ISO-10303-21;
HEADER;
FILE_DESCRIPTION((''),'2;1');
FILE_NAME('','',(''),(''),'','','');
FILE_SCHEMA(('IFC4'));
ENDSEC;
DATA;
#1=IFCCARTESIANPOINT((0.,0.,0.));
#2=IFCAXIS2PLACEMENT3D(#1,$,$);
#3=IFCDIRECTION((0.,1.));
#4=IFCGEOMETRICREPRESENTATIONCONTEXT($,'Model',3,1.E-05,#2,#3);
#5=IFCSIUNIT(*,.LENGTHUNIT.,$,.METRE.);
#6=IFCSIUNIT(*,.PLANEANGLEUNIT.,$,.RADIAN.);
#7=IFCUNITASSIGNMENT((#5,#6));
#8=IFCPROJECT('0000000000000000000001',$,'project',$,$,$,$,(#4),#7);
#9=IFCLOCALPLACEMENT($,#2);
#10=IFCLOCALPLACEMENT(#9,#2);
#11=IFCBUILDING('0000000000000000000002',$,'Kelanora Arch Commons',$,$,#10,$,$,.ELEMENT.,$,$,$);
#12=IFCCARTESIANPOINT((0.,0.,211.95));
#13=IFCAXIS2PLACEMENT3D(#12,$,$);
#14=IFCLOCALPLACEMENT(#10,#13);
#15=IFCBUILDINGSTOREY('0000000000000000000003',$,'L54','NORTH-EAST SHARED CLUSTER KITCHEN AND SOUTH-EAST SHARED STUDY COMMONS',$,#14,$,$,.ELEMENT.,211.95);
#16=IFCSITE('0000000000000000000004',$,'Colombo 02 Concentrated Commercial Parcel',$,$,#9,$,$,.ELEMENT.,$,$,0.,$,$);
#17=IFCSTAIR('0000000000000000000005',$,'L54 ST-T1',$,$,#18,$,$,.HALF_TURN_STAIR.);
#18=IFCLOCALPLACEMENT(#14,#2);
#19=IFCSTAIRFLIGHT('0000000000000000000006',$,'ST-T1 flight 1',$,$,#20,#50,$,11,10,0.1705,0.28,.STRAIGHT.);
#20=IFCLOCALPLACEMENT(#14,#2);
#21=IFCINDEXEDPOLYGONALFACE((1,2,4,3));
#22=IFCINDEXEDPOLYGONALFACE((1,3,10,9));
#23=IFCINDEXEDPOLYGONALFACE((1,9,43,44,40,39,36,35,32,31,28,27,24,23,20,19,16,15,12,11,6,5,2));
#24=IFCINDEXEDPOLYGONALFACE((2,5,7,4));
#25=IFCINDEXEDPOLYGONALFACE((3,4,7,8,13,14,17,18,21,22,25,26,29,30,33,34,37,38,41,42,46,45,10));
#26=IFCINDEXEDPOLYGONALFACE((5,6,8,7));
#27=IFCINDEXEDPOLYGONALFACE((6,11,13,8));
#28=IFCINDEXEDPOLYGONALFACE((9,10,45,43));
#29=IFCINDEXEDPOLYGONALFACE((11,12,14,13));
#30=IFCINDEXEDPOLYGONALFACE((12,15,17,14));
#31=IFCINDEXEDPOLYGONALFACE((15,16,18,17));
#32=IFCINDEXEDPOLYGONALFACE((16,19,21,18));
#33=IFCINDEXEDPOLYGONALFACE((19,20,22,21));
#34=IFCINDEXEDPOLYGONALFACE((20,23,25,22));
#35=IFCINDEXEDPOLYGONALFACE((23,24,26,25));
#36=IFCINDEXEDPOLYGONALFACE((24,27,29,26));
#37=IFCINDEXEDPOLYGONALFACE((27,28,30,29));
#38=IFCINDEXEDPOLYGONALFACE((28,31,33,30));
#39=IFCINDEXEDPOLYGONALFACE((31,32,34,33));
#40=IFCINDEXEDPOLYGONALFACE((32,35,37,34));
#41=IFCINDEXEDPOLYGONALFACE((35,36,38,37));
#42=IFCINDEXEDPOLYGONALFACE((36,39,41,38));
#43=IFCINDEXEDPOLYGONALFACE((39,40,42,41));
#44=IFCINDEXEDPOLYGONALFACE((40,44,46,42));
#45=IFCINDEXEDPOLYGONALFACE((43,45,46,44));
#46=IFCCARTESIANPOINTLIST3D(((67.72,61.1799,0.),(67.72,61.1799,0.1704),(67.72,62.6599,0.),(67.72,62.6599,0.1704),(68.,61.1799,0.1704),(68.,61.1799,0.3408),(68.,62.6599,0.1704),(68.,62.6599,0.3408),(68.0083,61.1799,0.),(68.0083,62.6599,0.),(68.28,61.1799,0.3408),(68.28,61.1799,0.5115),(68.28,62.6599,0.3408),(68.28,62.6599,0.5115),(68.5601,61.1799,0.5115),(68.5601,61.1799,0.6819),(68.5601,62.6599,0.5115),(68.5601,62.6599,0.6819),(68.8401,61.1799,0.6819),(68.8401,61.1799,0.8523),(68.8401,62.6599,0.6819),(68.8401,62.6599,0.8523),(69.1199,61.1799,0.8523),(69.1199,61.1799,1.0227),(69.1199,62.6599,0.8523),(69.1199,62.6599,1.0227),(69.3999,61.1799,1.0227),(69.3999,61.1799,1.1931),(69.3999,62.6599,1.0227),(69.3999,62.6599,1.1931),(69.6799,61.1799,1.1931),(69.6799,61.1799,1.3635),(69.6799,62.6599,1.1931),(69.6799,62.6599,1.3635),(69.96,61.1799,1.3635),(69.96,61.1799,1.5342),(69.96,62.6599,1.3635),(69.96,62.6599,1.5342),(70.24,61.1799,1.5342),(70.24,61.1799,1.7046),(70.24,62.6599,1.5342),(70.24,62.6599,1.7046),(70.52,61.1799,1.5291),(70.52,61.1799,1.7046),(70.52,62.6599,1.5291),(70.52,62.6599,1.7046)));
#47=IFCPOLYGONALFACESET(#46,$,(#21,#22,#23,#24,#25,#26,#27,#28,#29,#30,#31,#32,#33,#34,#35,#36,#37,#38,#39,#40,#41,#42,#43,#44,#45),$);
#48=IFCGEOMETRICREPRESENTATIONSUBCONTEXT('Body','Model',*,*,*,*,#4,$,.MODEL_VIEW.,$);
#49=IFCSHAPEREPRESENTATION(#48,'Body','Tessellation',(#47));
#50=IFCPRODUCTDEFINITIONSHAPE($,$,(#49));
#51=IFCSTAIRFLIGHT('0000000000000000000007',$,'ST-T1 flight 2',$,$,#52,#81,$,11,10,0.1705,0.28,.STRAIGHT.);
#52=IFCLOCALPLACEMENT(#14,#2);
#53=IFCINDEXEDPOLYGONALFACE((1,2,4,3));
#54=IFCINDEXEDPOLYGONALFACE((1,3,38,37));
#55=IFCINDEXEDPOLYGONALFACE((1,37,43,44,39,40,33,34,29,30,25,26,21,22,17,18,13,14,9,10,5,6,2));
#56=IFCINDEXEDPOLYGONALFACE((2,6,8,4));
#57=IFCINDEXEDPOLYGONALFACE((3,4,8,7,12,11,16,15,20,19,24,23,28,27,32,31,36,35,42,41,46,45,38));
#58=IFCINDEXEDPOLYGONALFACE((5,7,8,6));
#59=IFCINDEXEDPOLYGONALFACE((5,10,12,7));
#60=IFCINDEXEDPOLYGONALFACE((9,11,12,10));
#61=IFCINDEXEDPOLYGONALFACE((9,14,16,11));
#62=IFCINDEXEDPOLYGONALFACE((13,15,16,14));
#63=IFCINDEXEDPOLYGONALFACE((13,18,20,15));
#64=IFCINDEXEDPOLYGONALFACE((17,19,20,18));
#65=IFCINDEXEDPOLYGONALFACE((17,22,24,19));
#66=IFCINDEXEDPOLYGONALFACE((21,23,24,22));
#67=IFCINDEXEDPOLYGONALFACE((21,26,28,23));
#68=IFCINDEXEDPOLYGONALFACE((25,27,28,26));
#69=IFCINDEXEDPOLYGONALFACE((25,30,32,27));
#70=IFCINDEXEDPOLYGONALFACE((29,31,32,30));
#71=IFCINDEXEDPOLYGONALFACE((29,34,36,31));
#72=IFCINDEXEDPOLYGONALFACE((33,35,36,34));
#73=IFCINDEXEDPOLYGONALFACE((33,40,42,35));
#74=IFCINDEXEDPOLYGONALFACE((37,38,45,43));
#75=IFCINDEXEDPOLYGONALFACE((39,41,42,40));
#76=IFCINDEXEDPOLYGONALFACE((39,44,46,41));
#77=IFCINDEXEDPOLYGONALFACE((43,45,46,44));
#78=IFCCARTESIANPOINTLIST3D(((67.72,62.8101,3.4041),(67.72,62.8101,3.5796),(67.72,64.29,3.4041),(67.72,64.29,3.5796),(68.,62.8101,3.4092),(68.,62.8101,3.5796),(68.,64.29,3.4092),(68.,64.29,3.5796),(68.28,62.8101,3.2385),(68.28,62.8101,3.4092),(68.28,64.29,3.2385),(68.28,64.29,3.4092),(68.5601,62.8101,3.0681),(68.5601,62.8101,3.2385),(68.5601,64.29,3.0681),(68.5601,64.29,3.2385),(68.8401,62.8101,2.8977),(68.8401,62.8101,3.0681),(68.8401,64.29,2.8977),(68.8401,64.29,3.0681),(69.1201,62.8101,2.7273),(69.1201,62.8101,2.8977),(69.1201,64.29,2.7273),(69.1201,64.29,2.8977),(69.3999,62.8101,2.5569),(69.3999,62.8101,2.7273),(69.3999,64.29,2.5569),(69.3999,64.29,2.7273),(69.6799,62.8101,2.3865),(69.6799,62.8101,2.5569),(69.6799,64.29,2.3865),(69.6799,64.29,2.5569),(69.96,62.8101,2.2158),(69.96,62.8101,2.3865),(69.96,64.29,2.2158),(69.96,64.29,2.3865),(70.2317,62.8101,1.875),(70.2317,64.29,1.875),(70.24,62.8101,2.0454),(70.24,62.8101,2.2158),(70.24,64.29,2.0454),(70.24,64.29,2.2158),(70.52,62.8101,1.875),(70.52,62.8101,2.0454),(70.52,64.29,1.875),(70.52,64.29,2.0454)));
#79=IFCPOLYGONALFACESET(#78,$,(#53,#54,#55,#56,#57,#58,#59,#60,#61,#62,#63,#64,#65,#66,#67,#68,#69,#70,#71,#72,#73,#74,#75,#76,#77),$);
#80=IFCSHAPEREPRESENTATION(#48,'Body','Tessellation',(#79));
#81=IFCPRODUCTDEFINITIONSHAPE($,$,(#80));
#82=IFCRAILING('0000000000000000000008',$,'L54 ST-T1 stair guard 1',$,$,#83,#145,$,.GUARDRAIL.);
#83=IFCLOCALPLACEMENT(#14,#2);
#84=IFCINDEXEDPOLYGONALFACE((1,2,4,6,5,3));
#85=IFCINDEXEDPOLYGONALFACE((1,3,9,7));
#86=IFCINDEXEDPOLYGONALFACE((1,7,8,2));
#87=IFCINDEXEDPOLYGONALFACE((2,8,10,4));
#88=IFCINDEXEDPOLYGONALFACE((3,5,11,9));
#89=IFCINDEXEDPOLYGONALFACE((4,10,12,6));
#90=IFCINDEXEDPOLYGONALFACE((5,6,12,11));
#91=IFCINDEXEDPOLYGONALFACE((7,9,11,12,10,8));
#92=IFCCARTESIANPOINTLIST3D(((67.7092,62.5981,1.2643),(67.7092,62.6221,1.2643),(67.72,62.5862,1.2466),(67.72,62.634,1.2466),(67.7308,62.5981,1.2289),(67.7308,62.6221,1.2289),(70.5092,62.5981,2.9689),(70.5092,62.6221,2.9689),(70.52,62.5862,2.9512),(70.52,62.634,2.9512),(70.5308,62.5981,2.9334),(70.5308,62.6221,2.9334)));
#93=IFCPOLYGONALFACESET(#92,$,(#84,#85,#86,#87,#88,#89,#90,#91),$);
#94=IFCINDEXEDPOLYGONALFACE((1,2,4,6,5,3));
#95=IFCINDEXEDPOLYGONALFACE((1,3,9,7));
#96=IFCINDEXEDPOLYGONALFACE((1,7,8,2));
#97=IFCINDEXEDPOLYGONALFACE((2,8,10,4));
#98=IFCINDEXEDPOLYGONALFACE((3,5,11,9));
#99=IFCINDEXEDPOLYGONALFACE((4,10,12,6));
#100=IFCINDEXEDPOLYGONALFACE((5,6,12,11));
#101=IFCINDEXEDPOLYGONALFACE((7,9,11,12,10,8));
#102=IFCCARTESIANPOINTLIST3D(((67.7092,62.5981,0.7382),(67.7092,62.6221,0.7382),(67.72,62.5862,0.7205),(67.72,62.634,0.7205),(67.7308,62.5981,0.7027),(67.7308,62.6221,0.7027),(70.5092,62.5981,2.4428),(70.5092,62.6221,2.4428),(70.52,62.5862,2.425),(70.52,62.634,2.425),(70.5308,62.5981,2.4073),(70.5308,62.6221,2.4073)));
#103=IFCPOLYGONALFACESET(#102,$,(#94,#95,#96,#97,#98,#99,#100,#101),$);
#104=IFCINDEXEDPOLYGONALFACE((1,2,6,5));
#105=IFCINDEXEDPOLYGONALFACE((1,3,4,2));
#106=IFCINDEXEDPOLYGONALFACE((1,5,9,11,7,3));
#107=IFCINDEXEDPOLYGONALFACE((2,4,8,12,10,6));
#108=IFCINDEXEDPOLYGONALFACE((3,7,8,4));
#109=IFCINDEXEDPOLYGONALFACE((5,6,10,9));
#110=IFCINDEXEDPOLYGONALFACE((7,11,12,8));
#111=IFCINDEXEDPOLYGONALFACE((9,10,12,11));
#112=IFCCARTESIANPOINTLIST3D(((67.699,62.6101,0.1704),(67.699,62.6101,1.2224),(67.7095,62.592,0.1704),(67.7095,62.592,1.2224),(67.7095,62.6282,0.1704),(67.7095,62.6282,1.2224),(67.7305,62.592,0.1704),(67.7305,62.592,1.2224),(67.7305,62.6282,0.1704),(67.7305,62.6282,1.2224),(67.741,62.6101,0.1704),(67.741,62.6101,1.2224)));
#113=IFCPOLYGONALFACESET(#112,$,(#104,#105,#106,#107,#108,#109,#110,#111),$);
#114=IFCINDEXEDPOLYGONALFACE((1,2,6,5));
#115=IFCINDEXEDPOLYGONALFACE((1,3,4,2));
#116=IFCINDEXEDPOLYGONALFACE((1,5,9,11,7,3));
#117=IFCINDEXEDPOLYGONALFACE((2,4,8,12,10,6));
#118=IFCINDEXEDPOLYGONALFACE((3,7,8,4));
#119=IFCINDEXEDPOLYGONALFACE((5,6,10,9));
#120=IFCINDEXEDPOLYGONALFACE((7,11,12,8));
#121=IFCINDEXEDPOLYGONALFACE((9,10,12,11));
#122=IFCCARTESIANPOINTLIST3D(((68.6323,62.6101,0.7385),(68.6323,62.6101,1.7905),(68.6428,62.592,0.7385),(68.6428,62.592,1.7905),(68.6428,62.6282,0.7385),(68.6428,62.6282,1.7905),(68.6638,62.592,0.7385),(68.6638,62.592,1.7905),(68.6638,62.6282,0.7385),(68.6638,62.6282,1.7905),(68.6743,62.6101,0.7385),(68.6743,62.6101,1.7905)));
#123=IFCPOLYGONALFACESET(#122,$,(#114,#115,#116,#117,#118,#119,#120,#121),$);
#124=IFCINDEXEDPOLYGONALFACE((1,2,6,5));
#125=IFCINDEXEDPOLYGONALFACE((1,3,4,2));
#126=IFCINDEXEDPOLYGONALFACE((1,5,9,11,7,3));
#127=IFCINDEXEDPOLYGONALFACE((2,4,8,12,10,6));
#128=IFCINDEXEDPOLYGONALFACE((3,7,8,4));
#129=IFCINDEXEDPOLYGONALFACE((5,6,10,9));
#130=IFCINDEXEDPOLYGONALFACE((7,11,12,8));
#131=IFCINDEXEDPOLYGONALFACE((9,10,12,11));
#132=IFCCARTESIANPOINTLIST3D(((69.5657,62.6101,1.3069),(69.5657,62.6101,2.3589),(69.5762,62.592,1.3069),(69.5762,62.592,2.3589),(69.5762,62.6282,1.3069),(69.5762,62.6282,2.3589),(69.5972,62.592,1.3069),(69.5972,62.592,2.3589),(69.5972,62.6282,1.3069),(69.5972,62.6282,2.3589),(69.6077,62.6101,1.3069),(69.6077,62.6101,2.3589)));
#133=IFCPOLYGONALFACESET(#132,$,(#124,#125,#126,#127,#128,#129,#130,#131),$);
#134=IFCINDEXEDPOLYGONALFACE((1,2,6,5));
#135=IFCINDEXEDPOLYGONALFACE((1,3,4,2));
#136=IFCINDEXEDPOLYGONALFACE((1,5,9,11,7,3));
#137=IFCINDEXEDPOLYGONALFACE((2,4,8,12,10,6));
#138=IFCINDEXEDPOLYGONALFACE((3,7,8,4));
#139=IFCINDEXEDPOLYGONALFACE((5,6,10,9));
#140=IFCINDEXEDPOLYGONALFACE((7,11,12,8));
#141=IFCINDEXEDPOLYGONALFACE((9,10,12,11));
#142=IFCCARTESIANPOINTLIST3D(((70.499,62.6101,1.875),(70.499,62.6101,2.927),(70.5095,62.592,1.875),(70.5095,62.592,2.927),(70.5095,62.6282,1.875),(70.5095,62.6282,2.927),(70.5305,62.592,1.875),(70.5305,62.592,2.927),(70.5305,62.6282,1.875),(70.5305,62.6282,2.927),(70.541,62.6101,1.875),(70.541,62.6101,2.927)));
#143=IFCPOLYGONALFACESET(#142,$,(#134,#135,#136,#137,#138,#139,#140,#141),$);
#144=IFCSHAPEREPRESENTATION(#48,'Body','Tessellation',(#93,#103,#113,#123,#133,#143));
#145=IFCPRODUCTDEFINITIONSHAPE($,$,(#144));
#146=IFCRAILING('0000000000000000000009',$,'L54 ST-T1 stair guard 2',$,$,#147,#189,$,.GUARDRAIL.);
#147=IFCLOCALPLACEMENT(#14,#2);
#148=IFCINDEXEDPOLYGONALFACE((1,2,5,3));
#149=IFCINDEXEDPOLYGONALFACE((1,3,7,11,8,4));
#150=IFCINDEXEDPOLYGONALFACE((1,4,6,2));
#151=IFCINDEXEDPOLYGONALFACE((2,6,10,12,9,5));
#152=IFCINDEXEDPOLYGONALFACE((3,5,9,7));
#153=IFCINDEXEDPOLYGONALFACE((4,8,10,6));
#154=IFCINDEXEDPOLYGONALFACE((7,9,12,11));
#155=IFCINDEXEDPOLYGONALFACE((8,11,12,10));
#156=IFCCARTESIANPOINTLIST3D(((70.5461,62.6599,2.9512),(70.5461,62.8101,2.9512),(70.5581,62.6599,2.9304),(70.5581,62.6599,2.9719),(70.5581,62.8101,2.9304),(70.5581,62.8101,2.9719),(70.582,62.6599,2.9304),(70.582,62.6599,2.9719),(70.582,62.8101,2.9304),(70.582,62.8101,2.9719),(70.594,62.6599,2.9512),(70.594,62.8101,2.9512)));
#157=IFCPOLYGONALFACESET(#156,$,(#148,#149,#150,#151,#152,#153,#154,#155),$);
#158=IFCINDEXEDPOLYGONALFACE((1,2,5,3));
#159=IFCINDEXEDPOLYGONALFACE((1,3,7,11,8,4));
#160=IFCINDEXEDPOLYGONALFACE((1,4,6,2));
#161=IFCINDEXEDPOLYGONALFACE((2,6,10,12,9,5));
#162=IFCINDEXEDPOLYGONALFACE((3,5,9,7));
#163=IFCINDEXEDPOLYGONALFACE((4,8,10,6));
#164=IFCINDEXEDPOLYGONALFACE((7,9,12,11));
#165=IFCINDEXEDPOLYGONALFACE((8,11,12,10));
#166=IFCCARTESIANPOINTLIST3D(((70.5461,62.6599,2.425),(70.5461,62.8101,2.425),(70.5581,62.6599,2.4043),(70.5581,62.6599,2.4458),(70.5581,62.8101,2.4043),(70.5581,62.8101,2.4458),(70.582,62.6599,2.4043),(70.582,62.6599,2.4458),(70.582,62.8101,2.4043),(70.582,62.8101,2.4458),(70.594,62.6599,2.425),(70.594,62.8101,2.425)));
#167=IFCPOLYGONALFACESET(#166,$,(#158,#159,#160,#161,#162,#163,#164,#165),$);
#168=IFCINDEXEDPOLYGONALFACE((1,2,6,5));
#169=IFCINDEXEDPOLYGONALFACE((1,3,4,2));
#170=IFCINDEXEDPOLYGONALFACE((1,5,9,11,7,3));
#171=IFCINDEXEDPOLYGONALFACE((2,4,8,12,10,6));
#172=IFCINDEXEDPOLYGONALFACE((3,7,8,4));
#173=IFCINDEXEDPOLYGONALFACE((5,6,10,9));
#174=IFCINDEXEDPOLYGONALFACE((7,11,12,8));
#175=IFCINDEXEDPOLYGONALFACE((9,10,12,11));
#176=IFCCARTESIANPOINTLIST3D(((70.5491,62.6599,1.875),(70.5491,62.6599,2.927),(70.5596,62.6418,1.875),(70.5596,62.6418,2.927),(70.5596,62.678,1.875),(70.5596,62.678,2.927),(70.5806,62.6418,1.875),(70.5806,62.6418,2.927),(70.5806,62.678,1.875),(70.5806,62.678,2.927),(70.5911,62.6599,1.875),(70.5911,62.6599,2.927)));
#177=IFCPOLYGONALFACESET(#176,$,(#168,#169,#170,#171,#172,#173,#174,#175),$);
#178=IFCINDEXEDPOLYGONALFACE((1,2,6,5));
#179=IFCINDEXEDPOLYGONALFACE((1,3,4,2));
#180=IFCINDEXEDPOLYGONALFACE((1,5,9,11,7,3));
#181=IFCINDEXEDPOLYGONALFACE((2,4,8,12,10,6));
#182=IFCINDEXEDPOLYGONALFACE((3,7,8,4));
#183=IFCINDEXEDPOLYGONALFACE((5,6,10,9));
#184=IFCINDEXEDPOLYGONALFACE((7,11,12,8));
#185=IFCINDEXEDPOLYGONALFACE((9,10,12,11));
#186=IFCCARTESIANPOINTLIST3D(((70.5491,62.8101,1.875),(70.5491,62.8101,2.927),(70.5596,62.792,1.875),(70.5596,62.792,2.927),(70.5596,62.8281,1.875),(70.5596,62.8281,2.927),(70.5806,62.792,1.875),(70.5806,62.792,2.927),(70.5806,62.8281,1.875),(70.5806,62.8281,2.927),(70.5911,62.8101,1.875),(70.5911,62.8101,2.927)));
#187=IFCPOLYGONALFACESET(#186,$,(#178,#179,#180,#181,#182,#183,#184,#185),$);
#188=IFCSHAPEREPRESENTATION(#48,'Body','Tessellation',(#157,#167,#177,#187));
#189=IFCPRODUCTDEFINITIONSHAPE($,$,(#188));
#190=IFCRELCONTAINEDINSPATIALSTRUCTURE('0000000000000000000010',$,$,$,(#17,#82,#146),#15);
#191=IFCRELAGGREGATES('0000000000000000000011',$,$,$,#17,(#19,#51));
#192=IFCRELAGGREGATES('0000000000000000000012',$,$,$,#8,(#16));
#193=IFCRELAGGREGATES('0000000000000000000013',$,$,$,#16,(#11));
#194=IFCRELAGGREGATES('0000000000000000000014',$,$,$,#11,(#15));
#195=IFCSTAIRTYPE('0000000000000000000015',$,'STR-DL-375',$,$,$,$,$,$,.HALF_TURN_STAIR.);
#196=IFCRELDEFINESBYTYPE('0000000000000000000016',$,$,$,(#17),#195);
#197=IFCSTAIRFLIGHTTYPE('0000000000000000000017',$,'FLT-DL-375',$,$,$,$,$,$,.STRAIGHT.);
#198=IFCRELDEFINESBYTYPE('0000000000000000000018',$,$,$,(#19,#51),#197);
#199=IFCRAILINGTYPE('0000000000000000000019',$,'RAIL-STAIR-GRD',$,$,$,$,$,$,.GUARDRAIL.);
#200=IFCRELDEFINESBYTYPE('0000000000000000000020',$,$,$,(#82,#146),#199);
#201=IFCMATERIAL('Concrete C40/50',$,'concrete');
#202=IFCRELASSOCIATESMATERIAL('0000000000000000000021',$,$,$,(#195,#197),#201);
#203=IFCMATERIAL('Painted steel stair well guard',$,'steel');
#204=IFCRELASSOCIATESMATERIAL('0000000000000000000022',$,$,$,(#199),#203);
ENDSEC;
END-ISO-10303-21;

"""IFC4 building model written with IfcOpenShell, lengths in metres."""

from ifc_helpers import new_model, si_unit, direction, frame, origin, place, context, subcontext, project, spatial, polyline, outline, extrude, material, type_object, element, aggregate, save


model = new_model("IFC4")

# Units and contexts
model_context = context("Model", 3, precision=1e-05, world=origin(), true_north=direction((0.0, 1.0)))
body_context = subcontext(model_context, "Body", "Model", "MODEL_VIEW")
ifc_project = project(units=[si_unit("LENGTHUNIT", "METRE"), si_unit("PLANEANGLEUNIT", "RADIAN")], contexts=[model_context])

# Site, building, storey
site_placement = place(None, origin())
site = spatial("IfcSite", under=ifc_project, at=site_placement, Name="Colombo 02 Concentrated Commercial Parcel", CompositionType="ELEMENT", RefElevation=0.0)
building_placement = place(site_placement, origin())
building = spatial("IfcBuilding", under=site, at=building_placement, Name="Kelanora Arch Commons", CompositionType="ELEMENT")
storey_placement = place(building_placement, frame((0.0, 0.0, 211.95)))
storey = spatial("IfcBuildingStorey", under=building, at=storey_placement, Name="L54", Description="NORTH-EAST SHARED CLUSTER KITCHEN AND SOUTH-EAST SHARED STUDY COMMONS", CompositionType="ELEMENT", Elevation=211.95)

# Shared definitions
ifc_material_1 = material(Name="Concrete C40/50", Category="concrete")

# Stair, stair flights
stair_type = type_object("IfcStairType", Name="STR-DL-375", PredefinedType="HALF_TURN_STAIR", material=ifc_material_1)
stair_placement = place(storey_placement, origin())
stair = element("IfcStair", 1, at=stair_placement, inside=storey, type_object=stair_type, Name="L54 ST-T1", PredefinedType="HALF_TURN_STAIR")
stair_flight_type = type_object("IfcStairFlightType", Name="FLT-DL-375", PredefinedType="STRAIGHT", material=ifc_material_1)
stair_flight_1_placement = place(storey_placement, frame((67.72, 61.9199, 0.0), z_axis=(0.0, 0.0, 1.0), x_axis=(1.0, 0.0, 0.0)))
stair_flight_1 = element("IfcStairFlight", 2, at=stair_flight_1_placement, type_object=stair_flight_type, Name="ST-T1 flight 1", NumberOfRisers=11, NumberOfTreads=10, PredefinedType="STRAIGHT", RiserHeight=0.1705, TreadLength=0.28, context=body_context, shape_type="SweptSolid", body=[
    extrude(outline(polyline([(0.0, 0.0), (0.0, 0.1704), (0.28, 0.1704), (0.28, 0.3408), (0.5601, 0.3408), (0.5601, 0.5115), (0.8401, 0.5115), (0.8401, 0.6819), (1.1201, 0.6819), (1.1201, 0.8523), (1.3999, 0.8523), (1.3999, 1.0227), (1.6799, 1.0227), (1.6799, 1.1931), (1.96, 1.1931), (1.96, 1.3635), (2.24, 1.3635), (2.24, 1.5342), (2.52, 1.5342), (2.52, 1.7046), (2.8, 1.7046), (2.8, 1.875), (2.8, 1.5291), (0.2883, 0.0), (0.0, 0.0)])), frame((0.0, 0.74, 0.0), z_axis=(0.0, -1.0, 0.0), x_axis=(1.0, 0.0, 0.0)), (0.0, 0.0, 1.0), 1.48),
])
stair_flight_2_placement = place(storey_placement, frame((70.52, 63.55, 1.875), z_axis=(0.0, 0.0, 1.0), x_axis=(-1.0, 0.0, 0.0)))
stair_flight_2 = element("IfcStairFlight", 3, at=stair_flight_2_placement, type_object=stair_flight_type, Name="ST-T1 flight 2", NumberOfRisers=11, NumberOfTreads=10, PredefinedType="STRAIGHT", RiserHeight=0.1705, TreadLength=0.28, context=body_context, shape_type="SweptSolid", body=[
    extrude(outline(polyline([(0.0, 0.0), (0.0, 0.1704), (0.28, 0.1704), (0.28, 0.3408), (0.5601, 0.3408), (0.5601, 0.5115), (0.8401, 0.5115), (0.8401, 0.6819), (1.1201, 0.6819), (1.1201, 0.8523), (1.3999, 0.8523), (1.3999, 1.0227), (1.6799, 1.0227), (1.6799, 1.1931), (1.96, 1.1931), (1.96, 1.3635), (2.24, 1.3635), (2.24, 1.5342), (2.52, 1.5342), (2.52, 1.7046), (2.8, 1.7046), (2.8, 1.875), (2.8, 1.5291), (0.2883, 0.0), (0.0, 0.0)])), frame((0.0, 0.74, 0.0), z_axis=(0.0, -1.0, 0.0), x_axis=(1.0, 0.0, 0.0)), (0.0, 0.0, 1.0), 1.48),
])
aggregate(stair, [stair_flight_1, stair_flight_2])

# Railings
ifc_material_2 = material(Name="Painted steel stair well guard", Category="steel")
railing_type_1 = type_object("IfcRailingType", Name="RAIL-STAIR-GRD", PredefinedType="GUARDRAIL", material=ifc_material_2)
railing_1_placement = place(storey_placement, frame((67.72, 62.6101, 0.1704)))
element("IfcRailing", 4, at=railing_1_placement, inside=storey, type_object=railing_type_1, Name="L54 ST-T1 stair guard 1", PredefinedType="GUARDRAIL", context=body_context, shape_type="SweptSolid", body=[
    extrude(outline(polyline([(0.0239, 0.0), (0.012, 0.0208), (-0.012, 0.0208), (-0.0239, 0.0), (-0.012, -0.0208), (0.012, -0.0208), (0.0239, 0.0)])), frame((0.0, 0.0, 1.0762), z_axis=(0.85417, 0.0, 0.519994), x_axis=(0.0, 1.0, 0.0)), (0.0, 0.0, 1.0), 3.2781),
    extrude(outline(polyline([(0.0239, 0.0), (0.012, 0.0208), (-0.012, 0.0208), (-0.0239, 0.0), (-0.012, -0.0208), (0.012, -0.0208), (0.0239, 0.0)])), frame((0.0, 0.0, 0.55), z_axis=(0.85417, 0.0, 0.519994), x_axis=(0.0, 1.0, 0.0)), (0.0, 0.0, 1.0), 3.2781),
    extrude(outline(polyline([(0.021, 0.0), (0.0105, 0.0181), (-0.0105, 0.0181), (-0.021, 0.0), (-0.0105, -0.0181), (0.0105, -0.0181), (0.021, 0.0)])), origin(), (0.0, 0.0, 1.0), 1.052),
    extrude(outline(polyline([(0.021, 0.0), (0.0105, 0.0181), (-0.0105, 0.0181), (-0.021, 0.0), (-0.0105, -0.0181), (0.0105, -0.0181), (0.021, 0.0)])), frame((0.9333, 0.0, 0.5681)), (0.0, 0.0, 1.0), 1.052),
    extrude(outline(polyline([(0.021, 0.0), (0.0105, 0.0181), (-0.0105, 0.0181), (-0.021, 0.0), (-0.0105, -0.0181), (0.0105, -0.0181), (0.021, 0.0)])), frame((1.8667, 0.0, 1.1365)), (0.0, 0.0, 1.0), 1.052),
    extrude(outline(polyline([(0.021, 0.0), (0.0105, 0.0181), (-0.0105, 0.0181), (-0.021, 0.0), (-0.0105, -0.0181), (0.0105, -0.0181), (0.021, 0.0)])), frame((2.8, 0.0, 1.7046)), (0.0, 0.0, 1.0), 1.052),
])
railing_2_placement = place(storey_placement, frame((70.5701, 62.6599, 1.875)))
element("IfcRailing", 5, at=railing_2_placement, inside=storey, type_object=railing_type_1, Name="L54 ST-T1 stair guard 2", PredefinedType="GUARDRAIL", context=body_context, shape_type="SweptSolid", body=[
    extrude(outline(polyline([(0.0239, 0.0), (0.012, 0.0208), (-0.012, 0.0208), (-0.0239, 0.0), (-0.012, -0.0208), (0.012, -0.0208), (0.0239, 0.0)])), frame((0.0, 0.0, 1.0762), z_axis=(0.0, 1.0, 0.0), x_axis=(-1.0, 0.0, 0.0)), (0.0, 0.0, 1.0), 0.1501),
    extrude(outline(polyline([(0.0239, 0.0), (0.012, 0.0208), (-0.012, 0.0208), (-0.0239, 0.0), (-0.012, -0.0208), (0.012, -0.0208), (0.0239, 0.0)])), frame((0.0, 0.0, 0.55), z_axis=(0.0, 1.0, 0.0), x_axis=(-1.0, 0.0, 0.0)), (0.0, 0.0, 1.0), 0.1501),
    extrude(outline(polyline([(0.021, 0.0), (0.0105, 0.0181), (-0.0105, 0.0181), (-0.021, 0.0), (-0.0105, -0.0181), (0.0105, -0.0181), (0.021, 0.0)])), origin(), (0.0, 0.0, 1.0), 1.052),
    extrude(outline(polyline([(0.021, 0.0), (0.0105, 0.0181), (-0.0105, 0.0181), (-0.021, 0.0), (-0.0105, -0.0181), (0.0105, -0.0181), (0.021, 0.0)])), frame((0.0, 0.1501, 0.0)), (0.0, 0.0, 1.0), 1.052),
])

save(model, "model.ifc")
